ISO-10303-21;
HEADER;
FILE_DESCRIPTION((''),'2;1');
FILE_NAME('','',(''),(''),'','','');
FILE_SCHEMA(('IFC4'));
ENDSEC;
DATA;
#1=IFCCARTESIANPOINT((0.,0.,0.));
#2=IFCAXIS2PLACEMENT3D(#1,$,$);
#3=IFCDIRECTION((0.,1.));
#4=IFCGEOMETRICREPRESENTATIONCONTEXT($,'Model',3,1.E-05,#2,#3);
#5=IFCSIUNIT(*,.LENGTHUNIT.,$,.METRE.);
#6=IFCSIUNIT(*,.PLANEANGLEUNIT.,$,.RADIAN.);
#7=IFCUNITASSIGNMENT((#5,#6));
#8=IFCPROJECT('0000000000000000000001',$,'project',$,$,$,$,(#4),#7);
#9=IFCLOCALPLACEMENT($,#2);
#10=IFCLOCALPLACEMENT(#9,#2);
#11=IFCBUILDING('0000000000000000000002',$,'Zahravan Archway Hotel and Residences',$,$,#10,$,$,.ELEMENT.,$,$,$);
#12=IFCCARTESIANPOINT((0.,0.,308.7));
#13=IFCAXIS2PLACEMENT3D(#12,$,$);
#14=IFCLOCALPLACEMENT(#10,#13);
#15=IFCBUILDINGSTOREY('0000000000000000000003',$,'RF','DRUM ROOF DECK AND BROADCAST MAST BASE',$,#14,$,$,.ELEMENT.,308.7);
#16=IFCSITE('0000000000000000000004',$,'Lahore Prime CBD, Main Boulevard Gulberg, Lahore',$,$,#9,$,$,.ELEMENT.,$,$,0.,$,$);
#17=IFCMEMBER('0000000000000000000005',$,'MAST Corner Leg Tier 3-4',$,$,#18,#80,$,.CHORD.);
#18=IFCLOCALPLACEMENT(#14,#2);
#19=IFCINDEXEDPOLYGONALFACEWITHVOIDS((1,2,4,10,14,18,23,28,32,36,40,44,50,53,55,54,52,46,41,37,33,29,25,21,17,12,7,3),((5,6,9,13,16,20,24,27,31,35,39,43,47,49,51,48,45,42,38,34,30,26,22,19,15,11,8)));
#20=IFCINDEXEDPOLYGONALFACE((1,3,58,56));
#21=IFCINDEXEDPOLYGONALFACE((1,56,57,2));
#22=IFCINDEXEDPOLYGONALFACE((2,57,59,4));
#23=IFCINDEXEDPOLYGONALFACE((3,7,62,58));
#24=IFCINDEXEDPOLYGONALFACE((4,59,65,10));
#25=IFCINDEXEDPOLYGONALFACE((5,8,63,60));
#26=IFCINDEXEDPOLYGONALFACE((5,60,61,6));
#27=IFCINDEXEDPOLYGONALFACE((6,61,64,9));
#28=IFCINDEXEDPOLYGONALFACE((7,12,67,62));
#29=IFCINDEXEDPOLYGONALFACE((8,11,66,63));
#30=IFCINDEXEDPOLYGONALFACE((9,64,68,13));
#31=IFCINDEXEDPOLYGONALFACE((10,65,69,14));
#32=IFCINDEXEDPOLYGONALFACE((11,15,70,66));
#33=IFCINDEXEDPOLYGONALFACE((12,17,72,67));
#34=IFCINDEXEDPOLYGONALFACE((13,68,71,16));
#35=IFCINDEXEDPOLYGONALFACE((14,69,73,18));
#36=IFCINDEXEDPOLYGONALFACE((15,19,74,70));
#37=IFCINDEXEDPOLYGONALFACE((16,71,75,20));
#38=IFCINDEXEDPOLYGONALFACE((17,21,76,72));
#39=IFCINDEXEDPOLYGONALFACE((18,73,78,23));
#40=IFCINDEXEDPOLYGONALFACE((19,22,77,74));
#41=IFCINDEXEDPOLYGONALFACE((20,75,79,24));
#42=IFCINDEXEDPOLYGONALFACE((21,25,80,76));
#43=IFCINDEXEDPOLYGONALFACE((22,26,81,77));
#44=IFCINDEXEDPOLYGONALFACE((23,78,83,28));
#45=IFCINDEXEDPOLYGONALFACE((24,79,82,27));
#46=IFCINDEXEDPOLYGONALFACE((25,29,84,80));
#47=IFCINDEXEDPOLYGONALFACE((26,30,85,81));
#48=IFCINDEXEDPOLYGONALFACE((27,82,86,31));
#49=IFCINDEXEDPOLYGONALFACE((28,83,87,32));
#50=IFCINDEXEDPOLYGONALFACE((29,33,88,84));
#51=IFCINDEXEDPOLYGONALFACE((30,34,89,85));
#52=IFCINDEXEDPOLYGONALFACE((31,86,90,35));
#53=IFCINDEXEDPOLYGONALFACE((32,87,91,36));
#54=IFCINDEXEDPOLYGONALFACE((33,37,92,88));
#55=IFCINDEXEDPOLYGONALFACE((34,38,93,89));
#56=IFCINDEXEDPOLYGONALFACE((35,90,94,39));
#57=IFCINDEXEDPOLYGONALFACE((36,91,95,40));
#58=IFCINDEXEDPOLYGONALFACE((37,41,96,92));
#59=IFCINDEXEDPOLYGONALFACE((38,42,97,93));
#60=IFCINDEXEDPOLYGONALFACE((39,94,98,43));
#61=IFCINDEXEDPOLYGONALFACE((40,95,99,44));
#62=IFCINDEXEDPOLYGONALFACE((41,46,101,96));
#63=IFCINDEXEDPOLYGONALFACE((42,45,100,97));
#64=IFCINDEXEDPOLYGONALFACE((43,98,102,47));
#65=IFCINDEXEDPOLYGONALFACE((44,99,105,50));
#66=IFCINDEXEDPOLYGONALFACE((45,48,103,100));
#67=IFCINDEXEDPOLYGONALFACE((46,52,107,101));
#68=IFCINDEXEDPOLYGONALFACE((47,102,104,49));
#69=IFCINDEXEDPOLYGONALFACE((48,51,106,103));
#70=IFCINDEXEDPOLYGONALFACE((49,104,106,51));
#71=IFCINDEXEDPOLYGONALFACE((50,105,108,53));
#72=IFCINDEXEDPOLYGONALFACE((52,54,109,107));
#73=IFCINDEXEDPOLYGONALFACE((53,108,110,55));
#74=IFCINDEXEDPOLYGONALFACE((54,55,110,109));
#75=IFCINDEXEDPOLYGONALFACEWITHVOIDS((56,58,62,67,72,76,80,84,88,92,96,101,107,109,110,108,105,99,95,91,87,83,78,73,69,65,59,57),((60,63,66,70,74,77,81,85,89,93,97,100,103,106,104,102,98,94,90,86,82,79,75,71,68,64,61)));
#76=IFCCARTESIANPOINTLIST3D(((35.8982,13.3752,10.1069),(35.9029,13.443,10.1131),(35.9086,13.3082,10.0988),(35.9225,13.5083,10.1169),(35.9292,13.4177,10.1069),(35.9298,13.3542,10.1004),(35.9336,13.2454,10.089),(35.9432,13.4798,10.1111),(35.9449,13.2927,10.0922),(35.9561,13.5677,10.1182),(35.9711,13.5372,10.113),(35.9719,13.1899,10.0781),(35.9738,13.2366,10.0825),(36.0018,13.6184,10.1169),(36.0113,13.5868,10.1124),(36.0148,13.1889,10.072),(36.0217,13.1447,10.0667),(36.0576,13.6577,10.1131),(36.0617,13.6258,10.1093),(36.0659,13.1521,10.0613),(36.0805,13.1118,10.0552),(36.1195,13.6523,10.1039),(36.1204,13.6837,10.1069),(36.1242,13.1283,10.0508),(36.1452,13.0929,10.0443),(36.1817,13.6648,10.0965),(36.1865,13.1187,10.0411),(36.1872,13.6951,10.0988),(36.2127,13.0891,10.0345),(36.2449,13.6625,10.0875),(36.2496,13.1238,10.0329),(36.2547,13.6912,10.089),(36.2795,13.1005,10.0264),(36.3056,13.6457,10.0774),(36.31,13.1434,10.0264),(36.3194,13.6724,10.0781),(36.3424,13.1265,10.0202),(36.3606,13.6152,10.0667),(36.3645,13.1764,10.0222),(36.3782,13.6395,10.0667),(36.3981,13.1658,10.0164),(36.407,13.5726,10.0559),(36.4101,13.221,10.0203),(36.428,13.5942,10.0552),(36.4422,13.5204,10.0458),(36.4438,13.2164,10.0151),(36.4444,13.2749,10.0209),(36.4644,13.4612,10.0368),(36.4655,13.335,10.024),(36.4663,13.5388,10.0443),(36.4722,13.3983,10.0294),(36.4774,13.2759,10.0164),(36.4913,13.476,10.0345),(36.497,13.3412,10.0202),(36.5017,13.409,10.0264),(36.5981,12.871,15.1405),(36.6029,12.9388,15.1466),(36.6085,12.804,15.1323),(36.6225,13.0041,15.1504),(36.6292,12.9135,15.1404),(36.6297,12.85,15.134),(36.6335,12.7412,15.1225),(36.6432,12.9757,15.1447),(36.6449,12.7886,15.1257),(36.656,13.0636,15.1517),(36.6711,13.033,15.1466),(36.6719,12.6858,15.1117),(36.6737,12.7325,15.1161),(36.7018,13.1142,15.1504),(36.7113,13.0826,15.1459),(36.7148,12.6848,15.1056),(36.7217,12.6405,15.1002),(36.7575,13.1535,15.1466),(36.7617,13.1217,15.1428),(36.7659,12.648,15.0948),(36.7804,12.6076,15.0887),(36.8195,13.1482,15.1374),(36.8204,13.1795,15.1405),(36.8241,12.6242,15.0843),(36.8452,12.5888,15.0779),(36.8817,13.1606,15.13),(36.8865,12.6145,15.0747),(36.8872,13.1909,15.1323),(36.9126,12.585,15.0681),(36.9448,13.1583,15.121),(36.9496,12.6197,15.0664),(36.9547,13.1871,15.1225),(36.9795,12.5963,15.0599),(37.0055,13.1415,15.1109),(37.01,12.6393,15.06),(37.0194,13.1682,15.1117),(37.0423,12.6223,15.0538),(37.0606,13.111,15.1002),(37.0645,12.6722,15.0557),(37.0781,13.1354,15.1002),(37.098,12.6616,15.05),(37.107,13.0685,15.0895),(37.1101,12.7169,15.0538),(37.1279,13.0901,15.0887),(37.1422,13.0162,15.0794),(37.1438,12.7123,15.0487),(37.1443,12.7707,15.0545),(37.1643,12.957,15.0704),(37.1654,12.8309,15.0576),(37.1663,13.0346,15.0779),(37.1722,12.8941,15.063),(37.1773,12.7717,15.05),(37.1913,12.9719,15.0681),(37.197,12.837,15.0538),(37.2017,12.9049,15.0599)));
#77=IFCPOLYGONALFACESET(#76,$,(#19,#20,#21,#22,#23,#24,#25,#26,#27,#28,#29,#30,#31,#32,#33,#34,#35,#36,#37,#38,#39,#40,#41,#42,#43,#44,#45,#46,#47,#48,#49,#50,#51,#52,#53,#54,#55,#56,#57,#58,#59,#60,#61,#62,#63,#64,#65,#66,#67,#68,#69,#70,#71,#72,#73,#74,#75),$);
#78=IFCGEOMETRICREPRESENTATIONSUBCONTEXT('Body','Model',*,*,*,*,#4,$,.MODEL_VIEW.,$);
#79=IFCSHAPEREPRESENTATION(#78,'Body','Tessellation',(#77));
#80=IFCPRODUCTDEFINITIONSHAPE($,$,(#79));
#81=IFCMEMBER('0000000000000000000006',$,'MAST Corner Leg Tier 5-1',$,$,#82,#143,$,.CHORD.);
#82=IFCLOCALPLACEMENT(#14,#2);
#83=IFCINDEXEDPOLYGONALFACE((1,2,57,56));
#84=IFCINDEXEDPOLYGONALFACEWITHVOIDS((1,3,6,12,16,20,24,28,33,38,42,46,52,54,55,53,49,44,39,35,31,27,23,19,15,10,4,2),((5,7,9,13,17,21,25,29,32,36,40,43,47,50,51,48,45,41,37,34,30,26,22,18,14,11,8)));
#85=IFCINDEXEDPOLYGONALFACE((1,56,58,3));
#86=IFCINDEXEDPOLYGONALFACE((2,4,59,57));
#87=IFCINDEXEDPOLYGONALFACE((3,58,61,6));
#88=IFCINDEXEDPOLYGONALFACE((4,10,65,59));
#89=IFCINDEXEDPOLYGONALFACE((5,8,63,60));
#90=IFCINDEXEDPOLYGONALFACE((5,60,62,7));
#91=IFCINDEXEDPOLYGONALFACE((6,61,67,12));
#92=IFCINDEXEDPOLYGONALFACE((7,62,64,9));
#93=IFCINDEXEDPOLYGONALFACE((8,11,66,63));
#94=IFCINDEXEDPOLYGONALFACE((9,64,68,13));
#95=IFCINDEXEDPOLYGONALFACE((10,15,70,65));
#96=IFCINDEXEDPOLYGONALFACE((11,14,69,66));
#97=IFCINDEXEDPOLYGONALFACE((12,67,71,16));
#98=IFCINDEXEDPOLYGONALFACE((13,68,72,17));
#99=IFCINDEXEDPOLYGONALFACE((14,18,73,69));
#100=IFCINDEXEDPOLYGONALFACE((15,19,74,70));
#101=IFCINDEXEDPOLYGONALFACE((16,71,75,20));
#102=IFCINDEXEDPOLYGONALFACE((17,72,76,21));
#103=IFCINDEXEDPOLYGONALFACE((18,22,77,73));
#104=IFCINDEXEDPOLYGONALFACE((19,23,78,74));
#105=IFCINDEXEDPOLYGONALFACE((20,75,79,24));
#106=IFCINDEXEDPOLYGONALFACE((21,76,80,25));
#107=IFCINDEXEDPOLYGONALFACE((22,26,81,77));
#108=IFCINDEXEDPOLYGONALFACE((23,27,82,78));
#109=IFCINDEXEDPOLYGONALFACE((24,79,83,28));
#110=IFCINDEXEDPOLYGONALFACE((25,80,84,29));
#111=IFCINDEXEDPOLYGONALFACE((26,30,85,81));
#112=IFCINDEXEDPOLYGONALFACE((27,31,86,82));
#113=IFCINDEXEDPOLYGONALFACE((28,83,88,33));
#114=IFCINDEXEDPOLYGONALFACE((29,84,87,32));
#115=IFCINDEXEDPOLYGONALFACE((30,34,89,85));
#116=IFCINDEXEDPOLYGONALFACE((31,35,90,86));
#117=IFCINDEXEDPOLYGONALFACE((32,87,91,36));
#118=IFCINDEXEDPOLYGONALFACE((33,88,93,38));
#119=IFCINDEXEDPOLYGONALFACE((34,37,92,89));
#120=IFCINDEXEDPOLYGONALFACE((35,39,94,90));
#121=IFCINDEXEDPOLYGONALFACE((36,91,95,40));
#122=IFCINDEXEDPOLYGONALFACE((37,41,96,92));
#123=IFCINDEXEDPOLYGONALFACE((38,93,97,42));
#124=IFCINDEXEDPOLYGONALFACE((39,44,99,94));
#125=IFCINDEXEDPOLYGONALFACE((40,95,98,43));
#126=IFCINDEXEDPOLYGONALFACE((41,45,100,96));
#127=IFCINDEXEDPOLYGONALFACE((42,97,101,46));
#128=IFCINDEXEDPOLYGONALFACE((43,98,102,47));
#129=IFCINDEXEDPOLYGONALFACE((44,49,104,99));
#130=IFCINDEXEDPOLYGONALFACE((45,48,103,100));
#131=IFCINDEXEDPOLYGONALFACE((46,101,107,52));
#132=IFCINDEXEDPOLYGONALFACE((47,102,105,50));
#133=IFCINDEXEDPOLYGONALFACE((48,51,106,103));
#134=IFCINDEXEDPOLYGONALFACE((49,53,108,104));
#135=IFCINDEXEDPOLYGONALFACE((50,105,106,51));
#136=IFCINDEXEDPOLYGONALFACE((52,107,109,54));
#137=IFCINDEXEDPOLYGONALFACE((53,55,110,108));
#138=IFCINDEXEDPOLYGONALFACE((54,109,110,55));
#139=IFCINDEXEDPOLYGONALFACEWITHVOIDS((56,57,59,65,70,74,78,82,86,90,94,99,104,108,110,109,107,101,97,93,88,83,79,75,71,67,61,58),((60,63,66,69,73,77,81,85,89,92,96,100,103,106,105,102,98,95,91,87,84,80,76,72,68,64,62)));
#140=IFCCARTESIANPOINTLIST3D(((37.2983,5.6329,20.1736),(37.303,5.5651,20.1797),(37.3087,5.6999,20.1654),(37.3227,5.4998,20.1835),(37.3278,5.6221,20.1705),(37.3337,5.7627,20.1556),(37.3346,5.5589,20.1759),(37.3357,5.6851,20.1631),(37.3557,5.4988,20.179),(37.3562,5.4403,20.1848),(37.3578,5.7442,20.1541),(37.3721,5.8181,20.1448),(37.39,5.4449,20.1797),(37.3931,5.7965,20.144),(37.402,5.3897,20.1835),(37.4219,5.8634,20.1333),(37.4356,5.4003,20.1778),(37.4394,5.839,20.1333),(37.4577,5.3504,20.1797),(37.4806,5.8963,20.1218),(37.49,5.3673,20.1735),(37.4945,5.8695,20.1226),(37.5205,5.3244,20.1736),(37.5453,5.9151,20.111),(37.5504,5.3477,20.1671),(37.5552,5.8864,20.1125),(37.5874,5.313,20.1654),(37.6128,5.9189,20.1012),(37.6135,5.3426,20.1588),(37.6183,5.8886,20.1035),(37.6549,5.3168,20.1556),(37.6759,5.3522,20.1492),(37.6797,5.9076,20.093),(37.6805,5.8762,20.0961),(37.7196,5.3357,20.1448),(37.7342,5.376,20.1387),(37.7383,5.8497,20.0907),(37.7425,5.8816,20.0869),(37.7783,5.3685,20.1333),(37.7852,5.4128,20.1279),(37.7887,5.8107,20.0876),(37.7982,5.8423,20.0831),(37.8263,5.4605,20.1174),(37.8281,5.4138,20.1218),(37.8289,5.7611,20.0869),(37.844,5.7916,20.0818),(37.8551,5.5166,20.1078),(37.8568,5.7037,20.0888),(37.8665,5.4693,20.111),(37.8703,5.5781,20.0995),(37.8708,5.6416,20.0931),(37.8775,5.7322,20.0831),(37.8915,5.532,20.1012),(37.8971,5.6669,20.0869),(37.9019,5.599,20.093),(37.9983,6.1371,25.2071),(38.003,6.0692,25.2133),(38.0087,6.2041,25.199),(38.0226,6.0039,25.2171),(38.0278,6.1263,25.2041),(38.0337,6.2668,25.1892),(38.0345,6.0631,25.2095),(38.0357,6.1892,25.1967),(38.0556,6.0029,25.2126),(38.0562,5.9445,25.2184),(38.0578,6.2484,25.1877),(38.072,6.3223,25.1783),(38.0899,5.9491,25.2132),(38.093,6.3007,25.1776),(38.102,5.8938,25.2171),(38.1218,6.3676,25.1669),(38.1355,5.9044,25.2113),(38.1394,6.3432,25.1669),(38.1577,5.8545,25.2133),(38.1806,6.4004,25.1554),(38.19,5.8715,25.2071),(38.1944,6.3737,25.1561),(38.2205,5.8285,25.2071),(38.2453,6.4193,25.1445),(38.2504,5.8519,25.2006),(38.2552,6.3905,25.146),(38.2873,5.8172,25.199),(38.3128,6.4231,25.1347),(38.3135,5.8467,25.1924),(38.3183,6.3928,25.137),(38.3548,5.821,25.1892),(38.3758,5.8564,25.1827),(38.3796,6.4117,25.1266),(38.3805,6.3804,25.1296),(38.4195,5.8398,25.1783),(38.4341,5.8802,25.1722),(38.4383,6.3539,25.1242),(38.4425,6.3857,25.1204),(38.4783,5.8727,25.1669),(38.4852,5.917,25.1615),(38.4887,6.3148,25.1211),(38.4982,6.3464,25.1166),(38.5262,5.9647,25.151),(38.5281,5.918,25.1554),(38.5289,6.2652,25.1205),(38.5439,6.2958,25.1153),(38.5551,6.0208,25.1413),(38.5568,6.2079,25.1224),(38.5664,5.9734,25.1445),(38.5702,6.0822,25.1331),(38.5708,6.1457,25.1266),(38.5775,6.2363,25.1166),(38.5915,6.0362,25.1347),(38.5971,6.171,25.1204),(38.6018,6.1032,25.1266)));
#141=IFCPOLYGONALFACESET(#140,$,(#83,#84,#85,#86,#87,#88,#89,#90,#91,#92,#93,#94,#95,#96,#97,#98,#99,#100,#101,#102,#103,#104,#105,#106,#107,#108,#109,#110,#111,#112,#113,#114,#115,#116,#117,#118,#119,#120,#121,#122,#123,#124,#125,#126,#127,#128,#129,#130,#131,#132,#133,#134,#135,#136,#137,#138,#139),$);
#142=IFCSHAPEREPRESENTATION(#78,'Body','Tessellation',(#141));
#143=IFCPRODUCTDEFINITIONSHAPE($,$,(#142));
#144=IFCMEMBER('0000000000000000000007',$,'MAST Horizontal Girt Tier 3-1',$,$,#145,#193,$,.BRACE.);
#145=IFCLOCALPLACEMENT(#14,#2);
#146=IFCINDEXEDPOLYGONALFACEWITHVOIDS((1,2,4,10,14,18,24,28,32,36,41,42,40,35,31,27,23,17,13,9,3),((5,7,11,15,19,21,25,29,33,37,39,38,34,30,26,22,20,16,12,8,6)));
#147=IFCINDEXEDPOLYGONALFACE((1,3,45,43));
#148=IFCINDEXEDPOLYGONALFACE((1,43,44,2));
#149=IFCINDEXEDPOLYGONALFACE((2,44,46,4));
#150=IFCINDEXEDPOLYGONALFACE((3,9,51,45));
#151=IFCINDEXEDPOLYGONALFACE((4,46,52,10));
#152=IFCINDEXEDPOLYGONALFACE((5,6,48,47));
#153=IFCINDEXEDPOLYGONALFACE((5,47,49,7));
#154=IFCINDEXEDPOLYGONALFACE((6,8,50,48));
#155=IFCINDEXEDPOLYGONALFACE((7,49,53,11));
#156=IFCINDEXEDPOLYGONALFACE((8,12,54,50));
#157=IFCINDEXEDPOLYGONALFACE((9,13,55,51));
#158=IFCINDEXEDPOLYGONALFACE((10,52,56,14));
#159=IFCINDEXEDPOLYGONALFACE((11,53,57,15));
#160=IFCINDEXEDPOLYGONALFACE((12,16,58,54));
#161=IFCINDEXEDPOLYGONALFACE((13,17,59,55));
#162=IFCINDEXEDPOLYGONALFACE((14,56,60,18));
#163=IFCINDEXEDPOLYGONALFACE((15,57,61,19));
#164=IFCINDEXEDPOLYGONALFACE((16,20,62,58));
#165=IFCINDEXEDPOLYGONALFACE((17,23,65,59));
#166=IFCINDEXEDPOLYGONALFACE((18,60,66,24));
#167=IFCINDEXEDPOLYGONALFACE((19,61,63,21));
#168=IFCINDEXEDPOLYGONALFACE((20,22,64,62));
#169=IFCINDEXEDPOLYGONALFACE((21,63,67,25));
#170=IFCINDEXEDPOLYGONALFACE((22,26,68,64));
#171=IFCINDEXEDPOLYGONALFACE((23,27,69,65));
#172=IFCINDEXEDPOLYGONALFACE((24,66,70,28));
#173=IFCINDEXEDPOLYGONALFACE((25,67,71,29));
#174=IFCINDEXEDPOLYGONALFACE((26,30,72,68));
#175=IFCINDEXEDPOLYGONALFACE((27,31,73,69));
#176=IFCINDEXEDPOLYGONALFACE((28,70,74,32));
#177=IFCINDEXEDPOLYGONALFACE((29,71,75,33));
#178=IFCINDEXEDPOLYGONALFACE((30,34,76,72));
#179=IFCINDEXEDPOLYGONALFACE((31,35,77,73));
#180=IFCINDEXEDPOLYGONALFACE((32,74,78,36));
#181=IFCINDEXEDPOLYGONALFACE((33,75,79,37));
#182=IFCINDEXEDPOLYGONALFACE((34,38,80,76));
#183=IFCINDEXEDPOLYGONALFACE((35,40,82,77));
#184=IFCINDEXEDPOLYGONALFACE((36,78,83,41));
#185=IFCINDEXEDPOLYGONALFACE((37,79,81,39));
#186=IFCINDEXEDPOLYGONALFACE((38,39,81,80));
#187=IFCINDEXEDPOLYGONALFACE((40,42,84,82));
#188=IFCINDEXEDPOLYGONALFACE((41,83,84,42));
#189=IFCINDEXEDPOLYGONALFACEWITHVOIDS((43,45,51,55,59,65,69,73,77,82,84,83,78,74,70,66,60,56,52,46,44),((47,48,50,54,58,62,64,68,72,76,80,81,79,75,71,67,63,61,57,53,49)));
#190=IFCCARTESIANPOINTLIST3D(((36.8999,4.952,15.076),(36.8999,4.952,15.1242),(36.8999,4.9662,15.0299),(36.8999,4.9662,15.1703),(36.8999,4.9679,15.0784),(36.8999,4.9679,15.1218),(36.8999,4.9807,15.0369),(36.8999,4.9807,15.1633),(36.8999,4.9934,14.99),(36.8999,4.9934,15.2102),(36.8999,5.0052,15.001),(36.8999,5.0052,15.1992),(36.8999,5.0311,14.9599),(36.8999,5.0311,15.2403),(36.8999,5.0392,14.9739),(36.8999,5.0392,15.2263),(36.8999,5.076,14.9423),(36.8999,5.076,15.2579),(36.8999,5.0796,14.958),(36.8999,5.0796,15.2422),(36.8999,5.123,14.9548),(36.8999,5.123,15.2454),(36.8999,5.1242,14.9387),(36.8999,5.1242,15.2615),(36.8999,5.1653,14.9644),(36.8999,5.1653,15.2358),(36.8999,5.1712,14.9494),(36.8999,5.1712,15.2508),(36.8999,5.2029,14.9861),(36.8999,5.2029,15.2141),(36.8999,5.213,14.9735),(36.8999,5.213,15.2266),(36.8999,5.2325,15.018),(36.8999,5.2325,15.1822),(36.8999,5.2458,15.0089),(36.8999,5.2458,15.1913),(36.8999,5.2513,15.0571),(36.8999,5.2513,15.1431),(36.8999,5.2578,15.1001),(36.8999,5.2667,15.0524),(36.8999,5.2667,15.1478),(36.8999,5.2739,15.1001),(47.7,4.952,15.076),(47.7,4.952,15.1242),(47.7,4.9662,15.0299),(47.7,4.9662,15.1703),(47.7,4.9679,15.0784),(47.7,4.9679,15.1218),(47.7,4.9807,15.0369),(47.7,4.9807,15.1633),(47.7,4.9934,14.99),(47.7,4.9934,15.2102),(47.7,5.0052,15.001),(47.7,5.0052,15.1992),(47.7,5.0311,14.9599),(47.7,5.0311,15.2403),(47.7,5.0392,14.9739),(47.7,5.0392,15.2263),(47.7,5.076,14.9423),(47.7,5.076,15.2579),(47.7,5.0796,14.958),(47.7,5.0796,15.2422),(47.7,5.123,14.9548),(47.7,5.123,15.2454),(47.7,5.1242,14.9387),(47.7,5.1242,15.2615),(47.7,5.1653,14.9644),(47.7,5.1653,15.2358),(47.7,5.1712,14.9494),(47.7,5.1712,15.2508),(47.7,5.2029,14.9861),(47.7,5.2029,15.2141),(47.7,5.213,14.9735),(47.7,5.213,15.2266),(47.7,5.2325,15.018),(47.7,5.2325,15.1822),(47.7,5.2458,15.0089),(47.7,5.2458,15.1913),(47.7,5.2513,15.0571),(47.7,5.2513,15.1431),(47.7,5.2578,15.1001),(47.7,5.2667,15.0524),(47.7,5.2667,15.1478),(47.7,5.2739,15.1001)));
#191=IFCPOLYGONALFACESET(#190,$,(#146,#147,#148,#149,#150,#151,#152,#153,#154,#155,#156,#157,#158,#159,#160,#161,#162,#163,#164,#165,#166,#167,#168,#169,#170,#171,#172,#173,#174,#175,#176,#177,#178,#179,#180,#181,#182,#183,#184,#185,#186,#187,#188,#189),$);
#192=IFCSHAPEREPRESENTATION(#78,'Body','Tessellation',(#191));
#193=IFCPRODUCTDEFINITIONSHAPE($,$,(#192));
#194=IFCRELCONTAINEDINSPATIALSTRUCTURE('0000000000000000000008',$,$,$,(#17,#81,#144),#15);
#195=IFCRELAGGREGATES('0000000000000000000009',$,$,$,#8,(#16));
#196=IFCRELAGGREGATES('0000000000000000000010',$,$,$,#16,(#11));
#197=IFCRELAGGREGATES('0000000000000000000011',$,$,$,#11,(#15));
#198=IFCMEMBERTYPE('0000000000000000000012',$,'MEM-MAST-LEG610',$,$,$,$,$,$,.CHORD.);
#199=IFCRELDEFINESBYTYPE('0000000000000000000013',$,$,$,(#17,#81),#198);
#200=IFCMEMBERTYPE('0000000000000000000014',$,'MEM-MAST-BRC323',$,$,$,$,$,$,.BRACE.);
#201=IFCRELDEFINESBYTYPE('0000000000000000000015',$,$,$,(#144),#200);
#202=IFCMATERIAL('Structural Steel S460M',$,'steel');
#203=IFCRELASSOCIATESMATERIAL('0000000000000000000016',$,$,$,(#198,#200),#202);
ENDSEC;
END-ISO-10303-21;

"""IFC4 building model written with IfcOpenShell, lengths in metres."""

from ifc_helpers import new_model, si_unit, direction, frame, origin, origin_2d, place, context, subcontext, project, spatial, hollow_circle, extrude, source, transform, mapped, material, material_profile, profile_set, type_object, element, save


model = new_model("IFC4")

# Units and contexts
model_context = context("Model", 3, precision=1e-05, world=origin(), true_north=direction((0.0, 1.0)))
body_context = subcontext(model_context, "Body", "Model", "MODEL_VIEW")
ifc_project = project(units=[si_unit("LENGTHUNIT", "METRE"), si_unit("PLANEANGLEUNIT", "RADIAN")], contexts=[model_context])

# Site, building, storey
site_placement = place(None, origin())
site = spatial("IfcSite", under=ifc_project, at=site_placement, Name="Lahore Prime CBD, Main Boulevard Gulberg, Lahore", CompositionType="ELEMENT", RefElevation=0.0)
building_placement = place(site_placement, origin())
building = spatial("IfcBuilding", under=site, at=building_placement, Name="Zahravan Archway Hotel and Residences", CompositionType="ELEMENT")
storey_placement = place(building_placement, frame((0.0, 0.0, 308.7)))
storey = spatial("IfcBuildingStorey", under=building, at=storey_placement, Name="RF", Description="DRUM ROOF DECK AND BROADCAST MAST BASE", CompositionType="ELEMENT", Elevation=308.7)

# Members
ifc_material_1 = material(Name="Structural Steel S460M", Category="steel")
ifc_material_profile_1 = material_profile(ifc_material_1, hollow_circle(Radius=0.3049, WallThickness=0.03, at=origin_2d()), Name="CHS 610x30", Category="steel")
ifc_profile_set_1 = profile_set([ifc_material_profile_1], Name="Structural Steel S460M")
member_type_1 = type_object("IfcMemberType", Name="MEM-MAST-LEG610", PredefinedType="CHORD", material=ifc_profile_set_1)
ifc_material_profile_2 = material_profile(ifc_material_1, hollow_circle(Radius=0.1619, WallThickness=0.0161, at=origin_2d()), Name="CHS 323.9x16", Category="steel")
ifc_profile_set_2 = profile_set([ifc_material_profile_2], Name="Structural Steel S460M")
member_type_2 = type_object("IfcMemberType", Name="MEM-MAST-BRC323", PredefinedType="BRACE", material=ifc_profile_set_2)
shared_shape_1 = source(origin(), body_context, "Body", "SweptSolid", [
    extrude(hollow_circle(Radius=0.3049, WallThickness=0.03, at=origin_2d()), origin(), (0.0, 0.0, 1.0), 5.1069),
])
for number, where, z_axis, x_axis, name in (
    (1, (36.2, 13.3921, 10.0667), (0.137062, -0.098721, 0.985631), (0.584446, 0.811432, 0.0), "MAST Corner Leg Tier 3-4"),
    (2, (37.6001, 5.616, 20.1333), (0.137062, 0.098721, 0.985631), (-0.584446, 0.811432, 0.0), "MAST Corner Leg Tier 5-1"),
):
    element("IfcMember", number, at=place(storey_placement, frame(where, z_axis=z_axis, x_axis=x_axis)), inside=storey, type_object=member_type_1, Name=name, PredefinedType="CHORD", context=body_context, shape_type="MappedRepresentation", body=[
        mapped(shared_shape_1, transform((0.0, 0.0, 0.0), scale=1.0)),
    ])
shared_shape_2 = source(origin(), body_context, "Body", "SweptSolid", [
    extrude(hollow_circle(Radius=0.1619, WallThickness=0.0161, at=origin_2d()), origin(), (0.0, 0.0, 1.0), 10.8),
])
member_1_placement = place(storey_placement, frame((36.8999, 5.1121, 15.1001), z_axis=(1.0, 0.0, 0.0), x_axis=(0.0, 1.0, 0.0)))
element("IfcMember", 3, at=member_1_placement, inside=storey, type_object=member_type_2, Name="MAST Horizontal Girt Tier 3-1", PredefinedType="BRACE", context=body_context, shape_type="MappedRepresentation", body=[
    mapped(shared_shape_2, transform((0.0, 0.0, 0.0), scale=1.0)),
])

save(model, "model.ifc")
